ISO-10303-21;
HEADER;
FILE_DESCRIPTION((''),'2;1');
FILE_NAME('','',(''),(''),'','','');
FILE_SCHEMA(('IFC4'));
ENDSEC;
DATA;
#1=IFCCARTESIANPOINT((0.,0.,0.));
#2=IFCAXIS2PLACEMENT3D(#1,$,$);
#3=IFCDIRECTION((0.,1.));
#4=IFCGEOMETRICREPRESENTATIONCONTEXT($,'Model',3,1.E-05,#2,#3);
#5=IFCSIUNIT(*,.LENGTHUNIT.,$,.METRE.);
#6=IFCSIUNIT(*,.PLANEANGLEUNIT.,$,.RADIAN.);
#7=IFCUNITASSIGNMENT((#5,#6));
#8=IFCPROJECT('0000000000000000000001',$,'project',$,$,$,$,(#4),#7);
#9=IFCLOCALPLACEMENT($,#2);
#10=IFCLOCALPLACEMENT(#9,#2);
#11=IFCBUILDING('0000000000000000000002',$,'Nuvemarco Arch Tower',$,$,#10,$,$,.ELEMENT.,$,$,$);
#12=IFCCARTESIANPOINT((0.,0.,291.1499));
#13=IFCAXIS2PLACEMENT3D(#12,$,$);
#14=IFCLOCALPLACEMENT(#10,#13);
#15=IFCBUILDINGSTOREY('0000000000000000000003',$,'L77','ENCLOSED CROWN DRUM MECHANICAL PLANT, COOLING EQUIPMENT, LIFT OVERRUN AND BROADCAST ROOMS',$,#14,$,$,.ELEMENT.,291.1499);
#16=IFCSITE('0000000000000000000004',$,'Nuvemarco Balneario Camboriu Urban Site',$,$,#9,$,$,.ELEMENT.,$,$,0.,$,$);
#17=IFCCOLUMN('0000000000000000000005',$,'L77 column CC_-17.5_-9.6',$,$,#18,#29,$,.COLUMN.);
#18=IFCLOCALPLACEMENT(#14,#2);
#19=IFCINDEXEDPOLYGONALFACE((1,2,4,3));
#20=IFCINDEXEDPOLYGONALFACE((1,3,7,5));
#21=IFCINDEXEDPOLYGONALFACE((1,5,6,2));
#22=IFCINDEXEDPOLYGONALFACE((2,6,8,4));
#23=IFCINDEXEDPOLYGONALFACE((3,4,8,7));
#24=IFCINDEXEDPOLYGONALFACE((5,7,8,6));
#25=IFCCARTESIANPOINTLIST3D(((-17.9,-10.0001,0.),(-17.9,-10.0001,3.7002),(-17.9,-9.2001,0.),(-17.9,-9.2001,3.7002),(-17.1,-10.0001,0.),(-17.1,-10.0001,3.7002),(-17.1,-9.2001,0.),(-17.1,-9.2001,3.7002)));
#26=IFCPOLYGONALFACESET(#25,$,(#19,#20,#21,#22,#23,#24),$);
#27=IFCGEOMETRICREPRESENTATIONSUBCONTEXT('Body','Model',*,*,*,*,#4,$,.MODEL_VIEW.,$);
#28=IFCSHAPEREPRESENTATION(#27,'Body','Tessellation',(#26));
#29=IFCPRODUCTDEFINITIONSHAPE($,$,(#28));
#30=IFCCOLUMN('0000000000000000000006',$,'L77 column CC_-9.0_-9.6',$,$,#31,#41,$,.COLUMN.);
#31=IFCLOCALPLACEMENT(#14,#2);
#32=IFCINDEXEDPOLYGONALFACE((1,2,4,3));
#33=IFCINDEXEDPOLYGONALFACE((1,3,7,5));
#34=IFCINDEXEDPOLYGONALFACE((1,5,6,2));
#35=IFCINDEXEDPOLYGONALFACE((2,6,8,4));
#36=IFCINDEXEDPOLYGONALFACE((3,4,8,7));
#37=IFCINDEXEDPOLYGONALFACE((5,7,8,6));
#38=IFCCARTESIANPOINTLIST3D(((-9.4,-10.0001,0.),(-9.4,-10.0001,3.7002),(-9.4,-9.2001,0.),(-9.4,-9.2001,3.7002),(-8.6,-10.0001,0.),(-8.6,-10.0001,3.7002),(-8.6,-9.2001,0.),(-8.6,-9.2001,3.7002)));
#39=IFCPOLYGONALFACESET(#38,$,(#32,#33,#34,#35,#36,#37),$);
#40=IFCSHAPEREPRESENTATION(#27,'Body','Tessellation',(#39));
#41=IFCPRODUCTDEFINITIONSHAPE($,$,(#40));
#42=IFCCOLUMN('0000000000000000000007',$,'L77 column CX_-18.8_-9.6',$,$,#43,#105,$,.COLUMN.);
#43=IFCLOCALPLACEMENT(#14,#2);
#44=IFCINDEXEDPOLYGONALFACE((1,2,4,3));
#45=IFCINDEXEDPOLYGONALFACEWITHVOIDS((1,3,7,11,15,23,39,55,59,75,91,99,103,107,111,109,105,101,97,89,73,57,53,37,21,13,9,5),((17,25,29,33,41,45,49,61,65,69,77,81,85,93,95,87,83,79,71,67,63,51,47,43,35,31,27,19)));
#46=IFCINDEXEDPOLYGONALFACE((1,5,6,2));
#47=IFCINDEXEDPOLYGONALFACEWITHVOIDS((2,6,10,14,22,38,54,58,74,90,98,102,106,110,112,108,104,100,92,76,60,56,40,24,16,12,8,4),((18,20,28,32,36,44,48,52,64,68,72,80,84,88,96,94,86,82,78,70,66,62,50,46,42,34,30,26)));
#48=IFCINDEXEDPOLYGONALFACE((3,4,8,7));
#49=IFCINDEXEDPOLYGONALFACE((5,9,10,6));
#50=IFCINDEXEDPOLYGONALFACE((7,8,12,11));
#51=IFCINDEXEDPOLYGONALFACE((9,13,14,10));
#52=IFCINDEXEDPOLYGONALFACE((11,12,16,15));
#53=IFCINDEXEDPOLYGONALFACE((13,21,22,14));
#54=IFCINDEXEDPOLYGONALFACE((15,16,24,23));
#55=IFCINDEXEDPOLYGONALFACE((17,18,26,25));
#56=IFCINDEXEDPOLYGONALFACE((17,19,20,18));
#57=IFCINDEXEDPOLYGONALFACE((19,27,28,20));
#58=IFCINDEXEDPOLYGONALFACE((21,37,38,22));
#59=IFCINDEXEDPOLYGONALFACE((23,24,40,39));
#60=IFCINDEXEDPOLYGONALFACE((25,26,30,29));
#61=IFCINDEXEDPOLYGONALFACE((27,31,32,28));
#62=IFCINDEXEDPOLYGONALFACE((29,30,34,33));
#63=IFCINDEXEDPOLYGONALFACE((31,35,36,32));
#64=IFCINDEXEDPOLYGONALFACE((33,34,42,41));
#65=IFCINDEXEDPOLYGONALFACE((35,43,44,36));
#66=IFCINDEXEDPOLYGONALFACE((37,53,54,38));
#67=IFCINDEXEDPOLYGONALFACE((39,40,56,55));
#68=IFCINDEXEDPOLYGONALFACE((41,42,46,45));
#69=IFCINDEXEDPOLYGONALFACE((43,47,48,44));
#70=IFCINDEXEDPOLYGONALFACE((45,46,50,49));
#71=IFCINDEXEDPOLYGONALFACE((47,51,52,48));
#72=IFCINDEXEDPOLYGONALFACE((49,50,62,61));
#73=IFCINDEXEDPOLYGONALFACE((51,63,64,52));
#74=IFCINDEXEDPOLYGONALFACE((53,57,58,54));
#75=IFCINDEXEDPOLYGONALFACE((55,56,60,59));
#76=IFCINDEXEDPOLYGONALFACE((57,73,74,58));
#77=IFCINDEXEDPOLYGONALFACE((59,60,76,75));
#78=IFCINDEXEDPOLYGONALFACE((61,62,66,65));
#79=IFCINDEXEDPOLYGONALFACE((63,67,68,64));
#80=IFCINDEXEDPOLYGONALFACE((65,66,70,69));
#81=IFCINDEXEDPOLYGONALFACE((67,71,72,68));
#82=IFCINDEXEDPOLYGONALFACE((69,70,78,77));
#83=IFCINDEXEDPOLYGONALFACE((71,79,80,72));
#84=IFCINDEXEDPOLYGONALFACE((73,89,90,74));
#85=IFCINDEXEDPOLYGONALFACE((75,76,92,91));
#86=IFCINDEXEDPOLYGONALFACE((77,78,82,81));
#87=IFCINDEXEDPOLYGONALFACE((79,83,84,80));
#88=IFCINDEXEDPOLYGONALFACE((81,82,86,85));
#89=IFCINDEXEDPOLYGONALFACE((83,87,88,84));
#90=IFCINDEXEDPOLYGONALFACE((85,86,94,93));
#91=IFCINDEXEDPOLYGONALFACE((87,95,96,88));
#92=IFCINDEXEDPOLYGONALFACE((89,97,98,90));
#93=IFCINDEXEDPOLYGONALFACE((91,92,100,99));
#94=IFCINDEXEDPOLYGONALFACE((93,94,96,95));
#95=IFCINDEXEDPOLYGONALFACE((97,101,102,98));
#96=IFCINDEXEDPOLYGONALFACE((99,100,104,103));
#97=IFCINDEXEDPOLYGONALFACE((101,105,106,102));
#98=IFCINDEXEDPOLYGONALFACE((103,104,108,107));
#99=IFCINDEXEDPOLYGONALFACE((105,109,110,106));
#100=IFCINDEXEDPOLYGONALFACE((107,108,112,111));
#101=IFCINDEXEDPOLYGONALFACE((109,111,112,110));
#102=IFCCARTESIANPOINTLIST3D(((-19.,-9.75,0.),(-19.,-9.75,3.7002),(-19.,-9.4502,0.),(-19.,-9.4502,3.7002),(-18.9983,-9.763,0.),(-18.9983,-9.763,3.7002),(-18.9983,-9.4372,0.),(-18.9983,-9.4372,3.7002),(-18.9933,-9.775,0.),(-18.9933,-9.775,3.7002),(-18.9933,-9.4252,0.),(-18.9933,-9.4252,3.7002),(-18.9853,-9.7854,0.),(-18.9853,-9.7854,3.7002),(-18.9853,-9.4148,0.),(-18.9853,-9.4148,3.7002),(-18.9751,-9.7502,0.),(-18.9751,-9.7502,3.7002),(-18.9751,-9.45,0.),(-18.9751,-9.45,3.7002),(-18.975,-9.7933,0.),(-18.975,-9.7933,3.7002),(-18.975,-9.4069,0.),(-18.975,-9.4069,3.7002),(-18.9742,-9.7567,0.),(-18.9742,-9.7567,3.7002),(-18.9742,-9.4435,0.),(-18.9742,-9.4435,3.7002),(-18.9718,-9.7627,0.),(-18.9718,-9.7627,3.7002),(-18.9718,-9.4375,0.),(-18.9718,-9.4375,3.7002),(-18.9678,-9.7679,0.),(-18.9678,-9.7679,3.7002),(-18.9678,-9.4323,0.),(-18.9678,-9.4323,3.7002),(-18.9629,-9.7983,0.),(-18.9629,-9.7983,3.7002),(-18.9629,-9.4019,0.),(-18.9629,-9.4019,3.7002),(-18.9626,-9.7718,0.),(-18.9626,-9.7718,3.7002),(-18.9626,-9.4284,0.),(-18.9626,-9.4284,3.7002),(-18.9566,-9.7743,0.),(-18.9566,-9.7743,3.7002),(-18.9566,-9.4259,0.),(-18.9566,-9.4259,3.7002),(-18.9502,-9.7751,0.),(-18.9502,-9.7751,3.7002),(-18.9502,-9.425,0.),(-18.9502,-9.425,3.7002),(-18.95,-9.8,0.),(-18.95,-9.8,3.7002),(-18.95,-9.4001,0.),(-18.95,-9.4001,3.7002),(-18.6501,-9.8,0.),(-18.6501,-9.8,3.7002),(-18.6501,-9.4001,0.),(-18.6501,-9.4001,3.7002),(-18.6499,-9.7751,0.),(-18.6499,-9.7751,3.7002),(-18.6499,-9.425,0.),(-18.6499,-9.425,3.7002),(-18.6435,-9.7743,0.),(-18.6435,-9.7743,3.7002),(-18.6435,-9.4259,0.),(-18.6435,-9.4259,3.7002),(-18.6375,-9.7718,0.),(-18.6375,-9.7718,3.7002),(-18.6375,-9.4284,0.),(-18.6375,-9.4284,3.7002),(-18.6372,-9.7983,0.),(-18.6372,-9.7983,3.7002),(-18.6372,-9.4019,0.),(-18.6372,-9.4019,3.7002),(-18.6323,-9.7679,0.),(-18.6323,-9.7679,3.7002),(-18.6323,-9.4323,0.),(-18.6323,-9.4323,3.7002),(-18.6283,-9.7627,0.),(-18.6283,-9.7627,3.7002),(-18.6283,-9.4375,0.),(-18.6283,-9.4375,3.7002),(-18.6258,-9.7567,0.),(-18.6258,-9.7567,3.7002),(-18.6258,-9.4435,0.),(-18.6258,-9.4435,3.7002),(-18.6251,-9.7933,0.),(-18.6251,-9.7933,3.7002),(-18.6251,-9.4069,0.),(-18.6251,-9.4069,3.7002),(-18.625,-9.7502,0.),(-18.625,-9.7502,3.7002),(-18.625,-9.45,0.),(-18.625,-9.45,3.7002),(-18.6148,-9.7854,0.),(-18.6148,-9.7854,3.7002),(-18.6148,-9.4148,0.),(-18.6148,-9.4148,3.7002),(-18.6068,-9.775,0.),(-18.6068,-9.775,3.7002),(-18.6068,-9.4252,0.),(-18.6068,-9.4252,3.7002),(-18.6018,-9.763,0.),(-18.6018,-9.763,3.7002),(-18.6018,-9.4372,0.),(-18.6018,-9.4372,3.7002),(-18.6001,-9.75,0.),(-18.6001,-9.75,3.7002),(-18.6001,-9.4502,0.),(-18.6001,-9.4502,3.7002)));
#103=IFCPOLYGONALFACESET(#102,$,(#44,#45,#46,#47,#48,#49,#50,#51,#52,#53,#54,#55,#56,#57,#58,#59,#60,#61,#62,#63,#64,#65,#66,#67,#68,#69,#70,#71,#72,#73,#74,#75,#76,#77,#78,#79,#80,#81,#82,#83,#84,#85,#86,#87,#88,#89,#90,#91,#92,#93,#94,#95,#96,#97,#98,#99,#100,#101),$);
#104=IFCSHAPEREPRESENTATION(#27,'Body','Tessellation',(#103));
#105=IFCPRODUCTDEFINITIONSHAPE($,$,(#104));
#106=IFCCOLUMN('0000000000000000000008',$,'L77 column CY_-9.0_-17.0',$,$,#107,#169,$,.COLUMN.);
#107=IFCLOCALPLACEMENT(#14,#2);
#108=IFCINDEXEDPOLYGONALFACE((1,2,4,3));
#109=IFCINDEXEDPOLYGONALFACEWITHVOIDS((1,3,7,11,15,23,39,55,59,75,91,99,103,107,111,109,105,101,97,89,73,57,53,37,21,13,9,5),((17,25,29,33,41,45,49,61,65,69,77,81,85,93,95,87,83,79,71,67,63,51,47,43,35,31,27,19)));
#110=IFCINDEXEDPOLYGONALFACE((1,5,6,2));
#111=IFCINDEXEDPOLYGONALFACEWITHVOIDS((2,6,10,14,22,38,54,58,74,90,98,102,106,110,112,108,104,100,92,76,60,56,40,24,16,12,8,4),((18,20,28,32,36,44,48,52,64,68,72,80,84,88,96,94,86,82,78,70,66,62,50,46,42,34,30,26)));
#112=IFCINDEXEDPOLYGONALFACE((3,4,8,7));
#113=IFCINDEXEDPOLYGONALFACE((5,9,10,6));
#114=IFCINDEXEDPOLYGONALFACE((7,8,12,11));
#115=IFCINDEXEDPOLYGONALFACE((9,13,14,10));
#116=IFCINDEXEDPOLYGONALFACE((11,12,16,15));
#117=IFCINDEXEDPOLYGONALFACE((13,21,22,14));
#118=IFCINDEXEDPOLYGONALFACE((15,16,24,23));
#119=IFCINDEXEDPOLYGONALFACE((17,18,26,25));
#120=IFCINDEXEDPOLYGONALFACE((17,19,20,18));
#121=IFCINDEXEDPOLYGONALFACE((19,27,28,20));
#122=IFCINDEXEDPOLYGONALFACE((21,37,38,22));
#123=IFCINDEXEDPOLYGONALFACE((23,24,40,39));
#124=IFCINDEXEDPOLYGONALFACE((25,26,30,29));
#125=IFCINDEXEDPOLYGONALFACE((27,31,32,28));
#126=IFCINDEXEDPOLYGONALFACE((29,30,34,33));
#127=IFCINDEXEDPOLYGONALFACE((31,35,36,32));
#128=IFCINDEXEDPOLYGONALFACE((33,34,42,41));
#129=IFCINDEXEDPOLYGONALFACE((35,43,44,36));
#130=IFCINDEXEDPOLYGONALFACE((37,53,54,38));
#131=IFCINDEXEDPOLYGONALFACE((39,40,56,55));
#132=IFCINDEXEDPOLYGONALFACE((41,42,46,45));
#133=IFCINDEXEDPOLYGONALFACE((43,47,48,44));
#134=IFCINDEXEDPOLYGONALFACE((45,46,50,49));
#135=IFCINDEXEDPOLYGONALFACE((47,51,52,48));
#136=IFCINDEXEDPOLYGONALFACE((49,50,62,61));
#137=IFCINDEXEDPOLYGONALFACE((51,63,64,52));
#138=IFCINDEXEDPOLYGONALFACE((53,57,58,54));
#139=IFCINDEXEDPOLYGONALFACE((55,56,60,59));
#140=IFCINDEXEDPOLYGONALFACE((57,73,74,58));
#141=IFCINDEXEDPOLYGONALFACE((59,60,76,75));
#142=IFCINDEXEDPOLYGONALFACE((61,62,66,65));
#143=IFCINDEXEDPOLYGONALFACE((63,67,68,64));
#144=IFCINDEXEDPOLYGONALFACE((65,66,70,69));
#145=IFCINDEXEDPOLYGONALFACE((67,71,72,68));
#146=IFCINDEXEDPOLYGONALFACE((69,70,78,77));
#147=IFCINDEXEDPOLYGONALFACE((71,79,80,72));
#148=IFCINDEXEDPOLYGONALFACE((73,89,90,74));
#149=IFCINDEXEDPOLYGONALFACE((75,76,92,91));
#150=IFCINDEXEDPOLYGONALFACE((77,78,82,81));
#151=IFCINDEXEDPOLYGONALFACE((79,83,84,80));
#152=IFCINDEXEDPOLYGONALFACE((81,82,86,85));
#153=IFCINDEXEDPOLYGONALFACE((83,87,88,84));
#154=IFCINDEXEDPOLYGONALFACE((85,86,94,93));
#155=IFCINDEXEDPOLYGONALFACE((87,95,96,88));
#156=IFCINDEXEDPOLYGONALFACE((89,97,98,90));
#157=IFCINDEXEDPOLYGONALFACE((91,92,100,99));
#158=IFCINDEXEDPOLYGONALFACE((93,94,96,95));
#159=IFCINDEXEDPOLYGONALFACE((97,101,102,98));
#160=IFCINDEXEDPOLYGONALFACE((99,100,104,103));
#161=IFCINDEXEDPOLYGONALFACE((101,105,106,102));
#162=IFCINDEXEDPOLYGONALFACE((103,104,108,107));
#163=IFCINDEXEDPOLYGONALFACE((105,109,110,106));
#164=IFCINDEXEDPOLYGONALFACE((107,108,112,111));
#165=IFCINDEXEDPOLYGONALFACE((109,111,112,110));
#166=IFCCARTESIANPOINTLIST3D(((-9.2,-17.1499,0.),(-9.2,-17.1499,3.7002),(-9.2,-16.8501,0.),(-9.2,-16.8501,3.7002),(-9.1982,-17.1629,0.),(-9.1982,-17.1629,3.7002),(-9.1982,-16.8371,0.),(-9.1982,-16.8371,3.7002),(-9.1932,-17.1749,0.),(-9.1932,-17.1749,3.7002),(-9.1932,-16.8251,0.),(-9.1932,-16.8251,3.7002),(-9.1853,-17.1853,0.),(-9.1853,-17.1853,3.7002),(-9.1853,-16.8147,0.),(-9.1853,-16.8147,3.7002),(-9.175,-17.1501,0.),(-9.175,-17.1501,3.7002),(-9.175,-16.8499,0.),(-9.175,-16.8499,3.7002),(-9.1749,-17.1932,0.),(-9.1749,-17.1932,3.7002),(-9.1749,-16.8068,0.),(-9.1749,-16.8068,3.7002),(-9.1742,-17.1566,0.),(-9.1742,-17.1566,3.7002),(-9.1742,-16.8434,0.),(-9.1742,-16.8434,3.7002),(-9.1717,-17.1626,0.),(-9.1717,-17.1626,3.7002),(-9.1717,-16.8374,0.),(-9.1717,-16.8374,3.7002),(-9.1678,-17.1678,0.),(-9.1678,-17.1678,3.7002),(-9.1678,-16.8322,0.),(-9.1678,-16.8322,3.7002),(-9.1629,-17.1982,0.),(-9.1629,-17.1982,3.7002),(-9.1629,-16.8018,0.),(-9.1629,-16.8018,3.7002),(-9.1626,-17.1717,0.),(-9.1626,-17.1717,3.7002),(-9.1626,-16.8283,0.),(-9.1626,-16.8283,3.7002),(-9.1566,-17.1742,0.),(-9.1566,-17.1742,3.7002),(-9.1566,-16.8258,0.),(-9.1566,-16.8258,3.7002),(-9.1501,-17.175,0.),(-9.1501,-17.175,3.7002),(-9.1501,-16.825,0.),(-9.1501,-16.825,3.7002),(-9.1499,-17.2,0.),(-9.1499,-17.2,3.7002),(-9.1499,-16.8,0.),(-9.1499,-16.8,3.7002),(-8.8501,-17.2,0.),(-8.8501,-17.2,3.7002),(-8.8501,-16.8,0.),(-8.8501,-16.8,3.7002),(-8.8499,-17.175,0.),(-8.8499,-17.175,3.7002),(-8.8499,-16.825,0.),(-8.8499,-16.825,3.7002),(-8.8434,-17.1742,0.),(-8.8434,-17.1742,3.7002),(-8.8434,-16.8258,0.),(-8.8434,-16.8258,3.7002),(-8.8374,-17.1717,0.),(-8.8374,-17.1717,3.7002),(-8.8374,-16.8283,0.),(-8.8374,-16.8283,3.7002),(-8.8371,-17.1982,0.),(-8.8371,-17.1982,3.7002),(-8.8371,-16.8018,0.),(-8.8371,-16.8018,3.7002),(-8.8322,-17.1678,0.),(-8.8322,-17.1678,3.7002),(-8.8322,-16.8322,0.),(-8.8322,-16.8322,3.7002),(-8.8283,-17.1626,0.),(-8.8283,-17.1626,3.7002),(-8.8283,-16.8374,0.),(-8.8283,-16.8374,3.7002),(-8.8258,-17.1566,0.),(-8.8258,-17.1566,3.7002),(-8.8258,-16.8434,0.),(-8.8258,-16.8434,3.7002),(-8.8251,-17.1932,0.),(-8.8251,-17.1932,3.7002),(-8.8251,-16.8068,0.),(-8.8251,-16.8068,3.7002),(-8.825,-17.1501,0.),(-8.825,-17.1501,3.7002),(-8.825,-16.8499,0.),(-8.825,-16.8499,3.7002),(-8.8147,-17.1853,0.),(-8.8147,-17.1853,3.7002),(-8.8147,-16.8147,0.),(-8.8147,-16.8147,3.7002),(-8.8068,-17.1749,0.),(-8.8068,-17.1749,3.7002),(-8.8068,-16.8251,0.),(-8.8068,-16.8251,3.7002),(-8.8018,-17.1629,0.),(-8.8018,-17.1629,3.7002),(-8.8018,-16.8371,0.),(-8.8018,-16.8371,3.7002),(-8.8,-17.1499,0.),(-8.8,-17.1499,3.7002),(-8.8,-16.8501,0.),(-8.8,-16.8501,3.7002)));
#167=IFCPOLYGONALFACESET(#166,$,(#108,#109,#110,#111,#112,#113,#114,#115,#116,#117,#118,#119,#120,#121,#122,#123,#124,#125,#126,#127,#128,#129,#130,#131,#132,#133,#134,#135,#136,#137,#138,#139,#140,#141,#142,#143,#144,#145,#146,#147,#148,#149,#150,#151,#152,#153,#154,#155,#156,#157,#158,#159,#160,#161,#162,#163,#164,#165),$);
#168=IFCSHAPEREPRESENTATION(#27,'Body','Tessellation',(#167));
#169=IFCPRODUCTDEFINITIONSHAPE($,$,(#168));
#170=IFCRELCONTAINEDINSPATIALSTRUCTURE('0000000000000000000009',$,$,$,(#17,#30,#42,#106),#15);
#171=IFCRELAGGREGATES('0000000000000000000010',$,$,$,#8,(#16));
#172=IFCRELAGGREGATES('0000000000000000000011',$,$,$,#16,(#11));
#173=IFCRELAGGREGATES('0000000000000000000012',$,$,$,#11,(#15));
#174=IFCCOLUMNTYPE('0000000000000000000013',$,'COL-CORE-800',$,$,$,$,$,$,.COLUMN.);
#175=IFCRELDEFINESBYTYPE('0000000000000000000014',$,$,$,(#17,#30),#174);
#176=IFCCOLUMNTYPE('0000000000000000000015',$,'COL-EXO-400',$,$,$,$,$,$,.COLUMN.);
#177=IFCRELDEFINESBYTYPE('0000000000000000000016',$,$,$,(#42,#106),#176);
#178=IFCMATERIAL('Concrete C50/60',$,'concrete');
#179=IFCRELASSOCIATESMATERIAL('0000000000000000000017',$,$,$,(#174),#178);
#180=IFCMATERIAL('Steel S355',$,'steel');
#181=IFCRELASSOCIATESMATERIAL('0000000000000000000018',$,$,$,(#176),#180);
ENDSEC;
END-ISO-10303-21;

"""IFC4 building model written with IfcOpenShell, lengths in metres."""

from ifc_helpers import new_model, si_unit, direction, frame, origin, origin_2d, place, context, subcontext, project, spatial, rectangle, hollow_rectangle, extrude, material, material_profile, profile_set, type_object, element, save


model = new_model("IFC4")

# Units and contexts
model_context = context("Model", 3, precision=1e-05, world=origin(), true_north=direction((0.0, 1.0)))
body_context = subcontext(model_context, "Body", "Model", "MODEL_VIEW")
ifc_project = project(units=[si_unit("LENGTHUNIT", "METRE"), si_unit("PLANEANGLEUNIT", "RADIAN")], contexts=[model_context])

# Site, building, storey
site_placement = place(None, origin())
site = spatial("IfcSite", under=ifc_project, at=site_placement, Name="Nuvemarco Balneario Camboriu Urban Site", CompositionType="ELEMENT", RefElevation=0.0)
building_placement = place(site_placement, origin())
building = spatial("IfcBuilding", under=site, at=building_placement, Name="Nuvemarco Arch Tower", CompositionType="ELEMENT")
storey_placement = place(building_placement, frame((0.0, 0.0, 291.1499)))
storey = spatial("IfcBuildingStorey", under=building, at=storey_placement, Name="L77", Description="ENCLOSED CROWN DRUM MECHANICAL PLANT, COOLING EQUIPMENT, LIFT OVERRUN AND BROADCAST ROOMS", CompositionType="ELEMENT", Elevation=291.1499)

# Columns
ifc_material_1 = material(Name="Concrete C50/60", Category="concrete")
ifc_material_profile_1 = material_profile(ifc_material_1, rectangle(XDim=0.8, YDim=0.8, at=origin_2d()), Name="RC-COL-800x800")
ifc_profile_set_1 = profile_set([ifc_material_profile_1], Name="Concrete C50/60")
column_type_1 = type_object("IfcColumnType", Name="COL-CORE-800", PredefinedType="COLUMN", material=ifc_profile_set_1)
for number, where, z_axis, x_axis, name in (
    (1, (-17.5, -9.6001, 0.0), (0.0, 0.0, 1.0), (1.0, 0.0, 0.0), "L77 column CC_-17.5_-9.6"),
    (2, (-9.0, -9.6001, 0.0), (0.0, 0.0, 1.0), (1.0, 0.0, 0.0), "L77 column CC_-9.0_-9.6"),
):
    element("IfcColumn", number, at=place(storey_placement, frame(where, z_axis=z_axis, x_axis=x_axis)), inside=storey, type_object=column_type_1, Name=name, PredefinedType="COLUMN", context=body_context, shape_type="SweptSolid", body=[
        extrude(rectangle(XDim=0.8, YDim=0.8, at=origin_2d()), origin(), (0.0, 0.0, 1.0), 3.7002),
    ])
ifc_material_2 = material(Name="Steel S355", Category="steel")
ifc_material_profile_2 = material_profile(ifc_material_2, hollow_rectangle(XDim=0.3999, YDim=0.3999, WallThickness=0.0249, InnerFilletRadius=0.0249, OuterFilletRadius=0.05, at=origin_2d()), Name="SHS400x400x25")
ifc_profile_set_2 = profile_set([ifc_material_profile_2], Name="Steel S355")
column_type_2 = type_object("IfcColumnType", Name="COL-EXO-400", PredefinedType="COLUMN", material=ifc_profile_set_2)
for number, where, z_axis, x_axis, name in (
    (3, (-18.8, -9.6001, 0.0), (0.0, 0.0, 1.0), (1.0, 0.0, 0.0), "L77 column CX_-18.8_-9.6"),
    (4, (-9.0, -17.0, 0.0), (0.0, 0.0, 1.0), (1.0, 0.0, 0.0), "L77 column CY_-9.0_-17.0"),
):
    element("IfcColumn", number, at=place(storey_placement, frame(where, z_axis=z_axis, x_axis=x_axis)), inside=storey, type_object=column_type_2, Name=name, PredefinedType="COLUMN", context=body_context, shape_type="SweptSolid", body=[
        extrude(hollow_rectangle(XDim=0.3999, YDim=0.3999, WallThickness=0.0249, InnerFilletRadius=0.0249, OuterFilletRadius=0.05, at=origin_2d()), origin(), (0.0, 0.0, 1.0), 3.7002),
    ])

save(model, "model.ifc")
